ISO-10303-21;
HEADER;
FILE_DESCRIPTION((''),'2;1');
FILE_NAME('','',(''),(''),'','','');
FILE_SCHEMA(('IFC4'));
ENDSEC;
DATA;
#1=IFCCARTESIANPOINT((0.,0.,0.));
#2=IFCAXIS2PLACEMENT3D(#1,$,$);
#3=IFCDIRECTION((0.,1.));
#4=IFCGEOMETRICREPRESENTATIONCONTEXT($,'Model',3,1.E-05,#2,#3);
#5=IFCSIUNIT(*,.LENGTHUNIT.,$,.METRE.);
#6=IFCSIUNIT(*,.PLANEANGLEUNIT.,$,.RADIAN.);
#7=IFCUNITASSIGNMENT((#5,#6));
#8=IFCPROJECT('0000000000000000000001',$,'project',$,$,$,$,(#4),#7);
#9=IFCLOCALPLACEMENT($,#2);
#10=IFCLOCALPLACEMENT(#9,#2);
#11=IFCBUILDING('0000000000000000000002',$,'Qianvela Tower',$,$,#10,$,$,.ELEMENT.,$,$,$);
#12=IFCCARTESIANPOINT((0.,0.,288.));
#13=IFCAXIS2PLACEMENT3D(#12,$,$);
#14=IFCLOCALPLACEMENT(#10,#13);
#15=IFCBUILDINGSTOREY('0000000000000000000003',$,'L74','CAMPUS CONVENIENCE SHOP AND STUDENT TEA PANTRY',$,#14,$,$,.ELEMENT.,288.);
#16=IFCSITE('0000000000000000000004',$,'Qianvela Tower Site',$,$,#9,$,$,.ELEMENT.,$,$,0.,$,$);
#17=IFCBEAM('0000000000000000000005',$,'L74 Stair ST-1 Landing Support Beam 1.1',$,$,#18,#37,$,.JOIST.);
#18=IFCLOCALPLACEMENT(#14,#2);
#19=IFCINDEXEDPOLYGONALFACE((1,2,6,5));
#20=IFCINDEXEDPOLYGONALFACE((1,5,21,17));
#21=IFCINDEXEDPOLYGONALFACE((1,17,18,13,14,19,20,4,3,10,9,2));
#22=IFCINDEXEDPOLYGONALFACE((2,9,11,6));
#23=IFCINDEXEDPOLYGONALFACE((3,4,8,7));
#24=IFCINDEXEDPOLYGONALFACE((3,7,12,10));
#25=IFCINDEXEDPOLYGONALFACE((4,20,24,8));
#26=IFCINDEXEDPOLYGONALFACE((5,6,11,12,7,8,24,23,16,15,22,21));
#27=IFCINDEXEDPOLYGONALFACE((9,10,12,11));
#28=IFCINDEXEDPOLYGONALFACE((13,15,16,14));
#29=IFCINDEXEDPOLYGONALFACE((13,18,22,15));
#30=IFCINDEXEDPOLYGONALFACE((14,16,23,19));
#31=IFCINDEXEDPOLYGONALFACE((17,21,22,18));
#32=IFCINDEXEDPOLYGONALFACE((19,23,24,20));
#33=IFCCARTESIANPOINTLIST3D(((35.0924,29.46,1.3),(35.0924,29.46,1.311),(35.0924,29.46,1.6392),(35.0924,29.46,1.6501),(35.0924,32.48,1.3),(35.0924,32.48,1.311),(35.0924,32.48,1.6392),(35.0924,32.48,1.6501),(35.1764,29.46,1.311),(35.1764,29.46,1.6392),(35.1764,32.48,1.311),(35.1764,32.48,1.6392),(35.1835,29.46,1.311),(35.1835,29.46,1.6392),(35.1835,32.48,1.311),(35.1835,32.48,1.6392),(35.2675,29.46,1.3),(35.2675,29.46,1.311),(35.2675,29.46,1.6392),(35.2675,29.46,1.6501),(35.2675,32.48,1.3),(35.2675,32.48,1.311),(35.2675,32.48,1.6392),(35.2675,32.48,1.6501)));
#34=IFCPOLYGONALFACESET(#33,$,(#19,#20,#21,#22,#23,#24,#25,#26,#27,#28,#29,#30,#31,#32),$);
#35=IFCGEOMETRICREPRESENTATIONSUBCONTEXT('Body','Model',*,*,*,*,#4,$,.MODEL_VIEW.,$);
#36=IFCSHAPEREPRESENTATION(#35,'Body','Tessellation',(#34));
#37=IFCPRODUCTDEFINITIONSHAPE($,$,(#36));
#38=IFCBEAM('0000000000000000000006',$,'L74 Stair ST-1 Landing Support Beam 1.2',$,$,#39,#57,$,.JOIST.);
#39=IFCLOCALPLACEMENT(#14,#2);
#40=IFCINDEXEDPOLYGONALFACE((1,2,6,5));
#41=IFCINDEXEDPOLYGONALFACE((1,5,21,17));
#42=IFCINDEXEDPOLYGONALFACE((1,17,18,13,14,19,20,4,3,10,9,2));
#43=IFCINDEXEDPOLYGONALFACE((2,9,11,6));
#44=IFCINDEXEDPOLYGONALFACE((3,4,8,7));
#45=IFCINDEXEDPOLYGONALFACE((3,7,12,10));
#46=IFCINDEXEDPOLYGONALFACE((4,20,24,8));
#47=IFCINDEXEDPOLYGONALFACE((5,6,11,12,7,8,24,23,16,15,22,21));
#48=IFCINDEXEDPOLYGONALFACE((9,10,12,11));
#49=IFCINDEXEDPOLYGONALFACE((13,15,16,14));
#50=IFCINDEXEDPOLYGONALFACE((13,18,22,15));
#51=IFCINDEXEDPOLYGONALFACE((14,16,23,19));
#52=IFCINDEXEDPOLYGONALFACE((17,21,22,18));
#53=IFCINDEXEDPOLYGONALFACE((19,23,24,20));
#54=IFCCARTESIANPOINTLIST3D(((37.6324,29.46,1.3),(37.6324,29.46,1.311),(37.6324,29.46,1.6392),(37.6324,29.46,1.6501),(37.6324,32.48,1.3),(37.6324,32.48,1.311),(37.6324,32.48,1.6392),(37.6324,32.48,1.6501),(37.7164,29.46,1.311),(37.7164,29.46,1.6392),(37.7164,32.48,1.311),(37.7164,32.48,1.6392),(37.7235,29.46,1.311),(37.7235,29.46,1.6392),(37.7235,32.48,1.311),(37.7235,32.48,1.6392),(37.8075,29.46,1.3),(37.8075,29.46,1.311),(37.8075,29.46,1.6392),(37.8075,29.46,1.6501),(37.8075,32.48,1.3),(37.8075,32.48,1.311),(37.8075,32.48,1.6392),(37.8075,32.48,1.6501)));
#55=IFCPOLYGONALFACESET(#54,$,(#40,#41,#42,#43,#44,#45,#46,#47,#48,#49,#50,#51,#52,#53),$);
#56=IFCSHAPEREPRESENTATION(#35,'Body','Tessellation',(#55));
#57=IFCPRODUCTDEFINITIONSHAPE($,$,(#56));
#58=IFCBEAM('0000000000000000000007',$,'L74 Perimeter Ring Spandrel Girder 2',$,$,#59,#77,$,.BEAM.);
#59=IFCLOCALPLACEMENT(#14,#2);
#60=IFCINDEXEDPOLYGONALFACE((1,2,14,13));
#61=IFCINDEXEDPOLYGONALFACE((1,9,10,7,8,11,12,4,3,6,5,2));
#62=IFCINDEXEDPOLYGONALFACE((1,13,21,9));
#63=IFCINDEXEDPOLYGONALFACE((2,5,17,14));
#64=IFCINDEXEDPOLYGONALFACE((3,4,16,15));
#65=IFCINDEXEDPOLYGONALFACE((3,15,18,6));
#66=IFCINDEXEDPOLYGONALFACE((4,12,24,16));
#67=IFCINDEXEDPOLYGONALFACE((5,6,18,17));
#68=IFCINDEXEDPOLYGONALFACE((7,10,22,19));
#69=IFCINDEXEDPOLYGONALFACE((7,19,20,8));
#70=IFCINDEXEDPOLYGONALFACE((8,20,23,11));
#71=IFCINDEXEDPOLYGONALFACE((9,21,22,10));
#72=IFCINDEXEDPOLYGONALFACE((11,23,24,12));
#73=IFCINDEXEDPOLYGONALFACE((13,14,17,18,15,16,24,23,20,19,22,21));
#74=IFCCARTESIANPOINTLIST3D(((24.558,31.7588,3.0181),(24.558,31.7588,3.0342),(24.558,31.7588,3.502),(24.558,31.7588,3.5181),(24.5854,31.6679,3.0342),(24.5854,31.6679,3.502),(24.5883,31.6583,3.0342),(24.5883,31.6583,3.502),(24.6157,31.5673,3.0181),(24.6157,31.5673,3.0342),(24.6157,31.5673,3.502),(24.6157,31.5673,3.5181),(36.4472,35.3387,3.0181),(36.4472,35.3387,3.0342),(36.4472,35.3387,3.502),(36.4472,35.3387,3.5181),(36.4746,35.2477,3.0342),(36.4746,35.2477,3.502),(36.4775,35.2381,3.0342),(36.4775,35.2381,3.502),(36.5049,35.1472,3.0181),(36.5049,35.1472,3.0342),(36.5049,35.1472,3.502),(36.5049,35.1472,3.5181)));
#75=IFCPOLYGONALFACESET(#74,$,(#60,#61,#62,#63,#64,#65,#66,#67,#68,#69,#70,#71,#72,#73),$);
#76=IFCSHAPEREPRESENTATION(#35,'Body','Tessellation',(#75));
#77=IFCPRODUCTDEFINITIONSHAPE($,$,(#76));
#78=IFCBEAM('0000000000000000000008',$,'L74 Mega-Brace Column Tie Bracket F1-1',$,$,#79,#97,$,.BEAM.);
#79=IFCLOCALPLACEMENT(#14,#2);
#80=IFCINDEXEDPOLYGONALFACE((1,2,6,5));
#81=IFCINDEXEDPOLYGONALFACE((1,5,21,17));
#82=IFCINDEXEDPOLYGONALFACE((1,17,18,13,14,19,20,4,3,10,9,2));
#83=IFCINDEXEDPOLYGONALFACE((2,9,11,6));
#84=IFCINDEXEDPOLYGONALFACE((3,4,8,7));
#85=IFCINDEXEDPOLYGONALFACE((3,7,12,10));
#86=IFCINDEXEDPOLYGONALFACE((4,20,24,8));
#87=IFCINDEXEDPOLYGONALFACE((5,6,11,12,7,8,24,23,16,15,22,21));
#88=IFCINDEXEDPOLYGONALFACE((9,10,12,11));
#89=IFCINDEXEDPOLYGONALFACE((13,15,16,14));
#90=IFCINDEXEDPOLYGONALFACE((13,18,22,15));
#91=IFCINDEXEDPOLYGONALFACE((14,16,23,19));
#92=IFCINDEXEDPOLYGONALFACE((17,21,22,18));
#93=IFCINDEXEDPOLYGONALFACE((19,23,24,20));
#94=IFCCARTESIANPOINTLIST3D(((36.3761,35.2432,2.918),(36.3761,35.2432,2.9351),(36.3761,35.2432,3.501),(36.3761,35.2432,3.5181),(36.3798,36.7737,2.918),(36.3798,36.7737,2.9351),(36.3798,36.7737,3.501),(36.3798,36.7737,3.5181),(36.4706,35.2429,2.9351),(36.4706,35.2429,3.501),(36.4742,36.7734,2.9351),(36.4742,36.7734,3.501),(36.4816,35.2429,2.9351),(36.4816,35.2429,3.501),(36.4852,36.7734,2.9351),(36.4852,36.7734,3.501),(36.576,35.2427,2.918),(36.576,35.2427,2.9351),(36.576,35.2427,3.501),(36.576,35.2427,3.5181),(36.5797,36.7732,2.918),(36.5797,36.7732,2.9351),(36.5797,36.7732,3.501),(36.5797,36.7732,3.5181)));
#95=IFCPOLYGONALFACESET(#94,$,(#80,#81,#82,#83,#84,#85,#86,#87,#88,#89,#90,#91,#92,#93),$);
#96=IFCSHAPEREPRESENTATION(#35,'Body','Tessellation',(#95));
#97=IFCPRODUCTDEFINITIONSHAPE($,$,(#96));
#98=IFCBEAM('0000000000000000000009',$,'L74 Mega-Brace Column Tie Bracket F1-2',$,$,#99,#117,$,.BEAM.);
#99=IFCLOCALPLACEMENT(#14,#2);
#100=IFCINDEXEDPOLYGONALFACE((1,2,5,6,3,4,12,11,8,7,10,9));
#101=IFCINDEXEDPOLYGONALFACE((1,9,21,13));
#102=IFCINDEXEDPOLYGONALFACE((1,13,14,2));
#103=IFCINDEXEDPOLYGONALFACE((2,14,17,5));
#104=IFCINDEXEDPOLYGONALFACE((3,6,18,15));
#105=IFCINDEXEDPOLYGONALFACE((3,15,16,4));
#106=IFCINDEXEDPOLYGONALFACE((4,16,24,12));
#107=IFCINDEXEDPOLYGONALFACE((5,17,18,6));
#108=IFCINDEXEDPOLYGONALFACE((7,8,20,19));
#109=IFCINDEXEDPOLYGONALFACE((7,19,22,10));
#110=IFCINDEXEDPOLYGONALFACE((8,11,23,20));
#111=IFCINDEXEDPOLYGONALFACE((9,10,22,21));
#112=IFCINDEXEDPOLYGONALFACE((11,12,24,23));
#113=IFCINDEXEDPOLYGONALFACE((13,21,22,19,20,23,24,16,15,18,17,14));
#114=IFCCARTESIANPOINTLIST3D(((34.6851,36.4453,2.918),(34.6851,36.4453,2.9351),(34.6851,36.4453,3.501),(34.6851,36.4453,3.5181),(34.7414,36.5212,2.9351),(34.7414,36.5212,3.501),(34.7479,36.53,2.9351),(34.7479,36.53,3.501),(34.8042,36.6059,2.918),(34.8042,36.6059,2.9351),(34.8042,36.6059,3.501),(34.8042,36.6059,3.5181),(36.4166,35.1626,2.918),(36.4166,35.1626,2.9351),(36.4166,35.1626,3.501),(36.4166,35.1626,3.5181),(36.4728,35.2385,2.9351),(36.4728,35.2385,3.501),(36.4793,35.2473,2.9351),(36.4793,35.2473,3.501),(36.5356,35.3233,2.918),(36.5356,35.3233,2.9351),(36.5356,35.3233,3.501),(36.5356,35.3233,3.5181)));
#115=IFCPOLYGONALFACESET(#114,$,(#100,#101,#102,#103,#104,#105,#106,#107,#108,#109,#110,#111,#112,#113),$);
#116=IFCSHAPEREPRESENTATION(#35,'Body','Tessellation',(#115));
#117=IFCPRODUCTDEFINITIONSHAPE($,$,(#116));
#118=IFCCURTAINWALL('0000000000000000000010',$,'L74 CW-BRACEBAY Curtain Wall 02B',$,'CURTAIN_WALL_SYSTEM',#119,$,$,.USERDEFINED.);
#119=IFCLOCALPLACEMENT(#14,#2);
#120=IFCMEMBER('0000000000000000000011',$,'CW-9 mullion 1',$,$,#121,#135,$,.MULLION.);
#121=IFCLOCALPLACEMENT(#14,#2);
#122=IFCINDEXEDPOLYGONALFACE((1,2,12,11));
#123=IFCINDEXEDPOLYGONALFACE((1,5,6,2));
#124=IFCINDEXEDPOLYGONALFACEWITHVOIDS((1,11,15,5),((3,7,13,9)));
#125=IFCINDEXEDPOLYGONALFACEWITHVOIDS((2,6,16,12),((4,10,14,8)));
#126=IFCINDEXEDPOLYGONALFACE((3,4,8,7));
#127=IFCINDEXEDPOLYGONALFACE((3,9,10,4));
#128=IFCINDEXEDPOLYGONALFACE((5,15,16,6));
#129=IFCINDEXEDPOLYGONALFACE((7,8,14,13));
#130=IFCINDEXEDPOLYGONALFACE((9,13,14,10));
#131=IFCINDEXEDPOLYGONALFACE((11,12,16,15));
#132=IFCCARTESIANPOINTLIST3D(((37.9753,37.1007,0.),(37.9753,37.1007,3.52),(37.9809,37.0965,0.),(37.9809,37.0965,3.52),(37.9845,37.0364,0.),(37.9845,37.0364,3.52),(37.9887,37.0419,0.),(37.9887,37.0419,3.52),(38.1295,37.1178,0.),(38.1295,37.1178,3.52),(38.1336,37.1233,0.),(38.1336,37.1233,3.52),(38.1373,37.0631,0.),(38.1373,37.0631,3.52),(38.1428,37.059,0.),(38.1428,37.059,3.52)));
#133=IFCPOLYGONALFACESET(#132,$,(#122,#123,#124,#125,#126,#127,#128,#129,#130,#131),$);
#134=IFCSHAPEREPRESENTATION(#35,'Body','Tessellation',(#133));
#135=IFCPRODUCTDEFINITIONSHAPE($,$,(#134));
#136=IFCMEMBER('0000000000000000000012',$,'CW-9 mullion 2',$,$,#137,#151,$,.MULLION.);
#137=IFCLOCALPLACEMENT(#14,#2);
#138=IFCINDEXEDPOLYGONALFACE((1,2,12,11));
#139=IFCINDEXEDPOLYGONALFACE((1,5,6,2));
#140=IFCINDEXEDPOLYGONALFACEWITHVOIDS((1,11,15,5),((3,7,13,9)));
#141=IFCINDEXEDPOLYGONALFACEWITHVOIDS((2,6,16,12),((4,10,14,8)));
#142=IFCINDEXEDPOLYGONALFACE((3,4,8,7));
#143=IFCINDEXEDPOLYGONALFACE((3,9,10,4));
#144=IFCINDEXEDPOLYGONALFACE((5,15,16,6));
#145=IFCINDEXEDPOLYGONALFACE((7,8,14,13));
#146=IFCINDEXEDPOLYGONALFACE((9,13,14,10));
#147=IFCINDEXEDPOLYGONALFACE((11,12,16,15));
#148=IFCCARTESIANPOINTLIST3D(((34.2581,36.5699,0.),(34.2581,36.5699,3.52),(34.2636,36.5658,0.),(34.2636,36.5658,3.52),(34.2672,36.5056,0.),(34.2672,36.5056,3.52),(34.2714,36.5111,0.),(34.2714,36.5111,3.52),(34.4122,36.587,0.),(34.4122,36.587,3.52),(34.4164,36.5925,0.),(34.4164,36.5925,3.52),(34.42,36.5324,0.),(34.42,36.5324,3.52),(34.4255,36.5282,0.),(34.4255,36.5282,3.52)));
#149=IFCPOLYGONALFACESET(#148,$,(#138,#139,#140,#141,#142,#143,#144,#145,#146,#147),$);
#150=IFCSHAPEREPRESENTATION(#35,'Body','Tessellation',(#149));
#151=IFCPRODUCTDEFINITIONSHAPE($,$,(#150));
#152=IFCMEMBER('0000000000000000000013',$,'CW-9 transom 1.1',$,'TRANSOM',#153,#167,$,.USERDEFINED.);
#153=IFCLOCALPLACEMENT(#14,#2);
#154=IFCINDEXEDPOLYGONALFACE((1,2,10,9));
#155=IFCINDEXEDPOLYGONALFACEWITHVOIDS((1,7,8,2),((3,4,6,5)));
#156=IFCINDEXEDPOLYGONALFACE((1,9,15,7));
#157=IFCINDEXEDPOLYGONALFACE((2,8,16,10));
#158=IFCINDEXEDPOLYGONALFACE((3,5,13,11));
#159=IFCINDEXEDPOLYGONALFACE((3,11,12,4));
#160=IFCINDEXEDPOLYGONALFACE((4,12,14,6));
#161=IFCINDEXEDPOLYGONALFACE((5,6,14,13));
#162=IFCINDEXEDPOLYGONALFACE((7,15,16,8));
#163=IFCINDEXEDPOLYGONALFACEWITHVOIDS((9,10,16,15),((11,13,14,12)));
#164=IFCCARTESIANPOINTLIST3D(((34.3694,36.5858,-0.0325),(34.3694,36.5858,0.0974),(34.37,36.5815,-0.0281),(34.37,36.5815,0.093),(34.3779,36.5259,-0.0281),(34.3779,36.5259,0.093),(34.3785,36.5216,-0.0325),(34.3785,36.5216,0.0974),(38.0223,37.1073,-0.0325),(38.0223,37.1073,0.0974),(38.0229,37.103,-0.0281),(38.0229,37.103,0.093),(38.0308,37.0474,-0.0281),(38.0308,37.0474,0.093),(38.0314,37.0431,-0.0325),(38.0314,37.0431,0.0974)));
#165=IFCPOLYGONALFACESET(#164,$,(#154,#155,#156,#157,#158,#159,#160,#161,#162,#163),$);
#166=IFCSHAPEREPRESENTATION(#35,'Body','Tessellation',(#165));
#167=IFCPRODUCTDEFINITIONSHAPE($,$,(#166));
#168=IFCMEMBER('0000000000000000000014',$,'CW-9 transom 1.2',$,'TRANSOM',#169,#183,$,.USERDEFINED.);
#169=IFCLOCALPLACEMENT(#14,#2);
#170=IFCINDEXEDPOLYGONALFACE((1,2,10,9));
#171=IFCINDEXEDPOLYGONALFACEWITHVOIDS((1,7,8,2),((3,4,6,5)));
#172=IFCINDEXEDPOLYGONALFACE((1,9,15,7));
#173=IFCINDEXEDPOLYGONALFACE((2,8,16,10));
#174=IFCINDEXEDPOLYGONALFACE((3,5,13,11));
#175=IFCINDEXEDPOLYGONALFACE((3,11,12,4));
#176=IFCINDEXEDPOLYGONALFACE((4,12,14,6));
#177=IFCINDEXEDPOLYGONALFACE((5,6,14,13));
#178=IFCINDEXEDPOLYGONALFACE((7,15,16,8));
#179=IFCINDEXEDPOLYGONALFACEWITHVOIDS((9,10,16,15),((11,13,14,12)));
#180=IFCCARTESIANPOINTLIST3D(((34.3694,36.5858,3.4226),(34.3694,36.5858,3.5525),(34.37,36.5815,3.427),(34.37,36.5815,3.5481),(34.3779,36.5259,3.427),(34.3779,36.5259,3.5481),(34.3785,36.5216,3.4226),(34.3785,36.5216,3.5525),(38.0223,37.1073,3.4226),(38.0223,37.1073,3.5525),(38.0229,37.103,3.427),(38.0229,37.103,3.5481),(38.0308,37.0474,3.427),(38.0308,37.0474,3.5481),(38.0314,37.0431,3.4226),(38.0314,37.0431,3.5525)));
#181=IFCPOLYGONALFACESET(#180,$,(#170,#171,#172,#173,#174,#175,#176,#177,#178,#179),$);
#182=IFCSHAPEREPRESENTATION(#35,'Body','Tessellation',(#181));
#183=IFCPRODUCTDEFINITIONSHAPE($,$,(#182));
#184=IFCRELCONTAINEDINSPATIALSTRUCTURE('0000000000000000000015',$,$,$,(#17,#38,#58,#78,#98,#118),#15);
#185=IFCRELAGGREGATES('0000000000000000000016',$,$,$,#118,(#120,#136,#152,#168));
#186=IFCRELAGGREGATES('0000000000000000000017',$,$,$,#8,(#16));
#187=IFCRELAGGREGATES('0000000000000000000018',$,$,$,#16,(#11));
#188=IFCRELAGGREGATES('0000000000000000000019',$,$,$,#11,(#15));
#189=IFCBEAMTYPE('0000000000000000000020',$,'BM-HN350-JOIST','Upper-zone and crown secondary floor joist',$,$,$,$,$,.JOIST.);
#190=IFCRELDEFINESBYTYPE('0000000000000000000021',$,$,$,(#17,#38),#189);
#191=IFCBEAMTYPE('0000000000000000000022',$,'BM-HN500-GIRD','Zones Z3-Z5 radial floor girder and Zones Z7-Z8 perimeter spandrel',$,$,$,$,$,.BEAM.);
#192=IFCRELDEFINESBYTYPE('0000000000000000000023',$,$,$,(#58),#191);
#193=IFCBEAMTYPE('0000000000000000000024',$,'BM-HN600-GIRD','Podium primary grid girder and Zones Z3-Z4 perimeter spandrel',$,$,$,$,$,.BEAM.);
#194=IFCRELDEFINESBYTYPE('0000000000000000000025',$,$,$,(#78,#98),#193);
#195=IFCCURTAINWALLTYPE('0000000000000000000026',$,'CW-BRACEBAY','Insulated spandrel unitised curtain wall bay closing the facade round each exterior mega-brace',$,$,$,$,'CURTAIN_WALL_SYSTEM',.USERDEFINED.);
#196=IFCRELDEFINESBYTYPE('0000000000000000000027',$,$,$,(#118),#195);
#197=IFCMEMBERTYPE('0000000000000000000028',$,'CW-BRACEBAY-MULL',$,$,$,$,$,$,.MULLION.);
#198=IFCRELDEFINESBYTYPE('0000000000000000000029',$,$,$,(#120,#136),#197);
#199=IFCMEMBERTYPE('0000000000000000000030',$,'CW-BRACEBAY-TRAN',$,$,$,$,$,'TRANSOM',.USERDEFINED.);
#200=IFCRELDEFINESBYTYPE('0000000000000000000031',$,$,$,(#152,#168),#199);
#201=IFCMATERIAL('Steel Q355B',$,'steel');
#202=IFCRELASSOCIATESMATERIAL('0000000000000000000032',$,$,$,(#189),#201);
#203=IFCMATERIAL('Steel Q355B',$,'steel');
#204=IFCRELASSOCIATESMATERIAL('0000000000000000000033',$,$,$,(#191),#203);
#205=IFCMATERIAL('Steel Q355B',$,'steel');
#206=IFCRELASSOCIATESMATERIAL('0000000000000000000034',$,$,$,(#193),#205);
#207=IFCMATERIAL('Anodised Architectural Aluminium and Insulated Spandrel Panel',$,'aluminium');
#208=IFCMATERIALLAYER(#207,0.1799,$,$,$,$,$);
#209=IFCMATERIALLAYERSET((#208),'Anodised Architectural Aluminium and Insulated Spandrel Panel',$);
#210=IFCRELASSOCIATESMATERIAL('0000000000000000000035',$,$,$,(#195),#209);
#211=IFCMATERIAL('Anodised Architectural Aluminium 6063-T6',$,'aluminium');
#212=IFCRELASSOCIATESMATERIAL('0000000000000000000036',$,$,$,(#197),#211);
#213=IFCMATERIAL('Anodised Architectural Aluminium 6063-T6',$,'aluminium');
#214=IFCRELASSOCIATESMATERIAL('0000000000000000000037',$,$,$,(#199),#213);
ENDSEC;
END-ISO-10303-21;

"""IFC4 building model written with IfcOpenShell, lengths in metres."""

from ifc_helpers import new_model, si_unit, direction, frame, origin, origin_2d, place, context, subcontext, project, spatial, hollow_rectangle, i_section, extrude, material, layer, layer_set, material_profile, profile_set, type_object, element, aggregate, save


model = new_model("IFC4")

# Units and contexts
model_context = context("Model", 3, precision=1e-05, world=origin(), true_north=direction((0.0, 1.0)))
body_context = subcontext(model_context, "Body", "Model", "MODEL_VIEW")
ifc_project = project(units=[si_unit("LENGTHUNIT", "METRE"), si_unit("PLANEANGLEUNIT", "RADIAN")], contexts=[model_context])

# Site, building, storey
site_placement = place(None, origin())
site = spatial("IfcSite", under=ifc_project, at=site_placement, Name="Qianvela Tower Site", CompositionType="ELEMENT", RefElevation=0.0)
building_placement = place(site_placement, origin())
building = spatial("IfcBuilding", under=site, at=building_placement, Name="Qianvela Tower", CompositionType="ELEMENT")
storey_placement = place(building_placement, frame((0.0, 0.0, 288.0)))
storey = spatial("IfcBuildingStorey", under=building, at=storey_placement, Name="L74", Description="CAMPUS CONVENIENCE SHOP AND STUDENT TEA PANTRY", CompositionType="ELEMENT", Elevation=288.0)

# Beams
ifc_material_1 = material(Name="Steel Q355B", Category="steel")
ifc_material_profile_1 = material_profile(ifc_material_1, i_section(OverallWidth=0.175, OverallDepth=0.3501, WebThickness=0.0071, FlangeThickness=0.011, at=origin_2d()), Name="HN350x175x7x11")
ifc_profile_set_1 = profile_set([ifc_material_profile_1], Name="Steel Q355B")
beam_type_1 = type_object("IfcBeamType", Name="BM-HN350-JOIST", Description="Upper-zone and crown secondary floor joist", PredefinedType="JOIST", material=ifc_profile_set_1)
for number, where, z_axis, x_axis, name in (
    (1, (35.1799, 29.46, 1.4751), (0.0, 1.0, 0.0), (-1.0, 0.0, 0.0), "L74 Stair ST-1 Landing Support Beam 1.1"),
    (2, (37.72, 29.46, 1.4751), (0.0, 1.0, 0.0), (-1.0, 0.0, 0.0), "L74 Stair ST-1 Landing Support Beam 1.2"),
):
    element("IfcBeam", number, at=place(storey_placement, frame(where, z_axis=z_axis, x_axis=x_axis)), inside=storey, type_object=beam_type_1, Name=name, PredefinedType="JOIST", context=body_context, shape_type="SweptSolid", body=[
        extrude(i_section(OverallWidth=0.175, OverallDepth=0.3501, WebThickness=0.0071, FlangeThickness=0.011, at=origin_2d()), origin(), (0.0, 0.0, 1.0), 3.02),
    ])
ifc_material_2 = material(Name="Steel Q355B", Category="steel")
ifc_material_profile_2 = material_profile(ifc_material_2, i_section(OverallWidth=0.2, OverallDepth=0.5, WebThickness=0.01, FlangeThickness=0.0161, at=origin_2d()), Name="HN500x200x10x16")
ifc_profile_set_2 = profile_set([ifc_material_profile_2], Name="Steel Q355B")
beam_type_2 = type_object("IfcBeamType", Name="BM-HN500-GIRD", Description="Zones Z3-Z5 radial floor girder and Zones Z7-Z8 perimeter spandrel", PredefinedType="BEAM", material=ifc_profile_set_2)
beam_1_placement = place(storey_placement, frame((36.4761, 35.2429, 3.2681), z_axis=(-0.957536, -0.288315, 0.0), x_axis=(0.288315, -0.957536, 0.0)))
element("IfcBeam", 3, at=beam_1_placement, inside=storey, type_object=beam_type_2, Name="L74 Perimeter Ring Spandrel Girder 2", PredefinedType="BEAM", context=body_context, shape_type="SweptSolid", body=[
    extrude(i_section(OverallWidth=0.2, OverallDepth=0.5, WebThickness=0.01, FlangeThickness=0.0161, at=origin_2d()), origin(), (0.0, 0.0, 1.0), 12.4165),
])
ifc_material_3 = material(Name="Steel Q355B", Category="steel")
ifc_material_profile_3 = material_profile(ifc_material_3, i_section(OverallWidth=0.2, OverallDepth=0.6001, WebThickness=0.011, FlangeThickness=0.0171, at=origin_2d()), Name="HN600x200x11x17")
ifc_profile_set_3 = profile_set([ifc_material_profile_3], Name="Steel Q355B")
beam_type_3 = type_object("IfcBeamType", Name="BM-HN600-GIRD", Description="Podium primary grid girder and Zones Z3-Z4 perimeter spandrel", PredefinedType="BEAM", material=ifc_profile_set_3)
beam_2_placement = place(storey_placement, frame((36.4761, 35.2429, 3.218), z_axis=(0.002393, 0.999997, 0.0), x_axis=(-0.999997, 0.002393, 0.0)))
element("IfcBeam", 4, at=beam_2_placement, inside=storey, type_object=beam_type_3, Name="L74 Mega-Brace Column Tie Bracket F1-1", PredefinedType="BEAM", context=body_context, shape_type="SweptSolid", body=[
    extrude(i_section(OverallWidth=0.2, OverallDepth=0.6001, WebThickness=0.011, FlangeThickness=0.0171, at=origin_2d()), origin(), (0.0, 0.0, 1.0), 1.5305),
])
beam_3_placement = place(storey_placement, frame((36.4761, 35.2429, 3.218), z_axis=(-0.803521, 0.595276, 0.0), x_axis=(-0.595276, -0.803521, 0.0)))
element("IfcBeam", 5, at=beam_3_placement, inside=storey, type_object=beam_type_3, Name="L74 Mega-Brace Column Tie Bracket F1-2", PredefinedType="BEAM", context=body_context, shape_type="SweptSolid", body=[
    extrude(i_section(OverallWidth=0.2, OverallDepth=0.6001, WebThickness=0.011, FlangeThickness=0.0171, at=origin_2d()), origin(), (0.0, 0.0, 1.0), 2.1548),
])

# Curtain wall, members
ifc_material_4 = material(Name="Anodised Architectural Aluminium and Insulated Spandrel Panel", Category="aluminium")
ifc_layer_1 = layer(ifc_material_4, 0.1799)
ifc_layer_set_1 = layer_set([ifc_layer_1], Name="Anodised Architectural Aluminium and Insulated Spandrel Panel")
curtain_wall_type_1 = type_object("IfcCurtainWallType", Name="CW-BRACEBAY", Description="Insulated spandrel unitised curtain wall bay closing the facade round each exterior mega-brace", ElementType="CURTAIN_WALL_SYSTEM", PredefinedType="USERDEFINED", material=ifc_layer_set_1)
curtain_wall_1_placement = place(storey_placement, origin())
curtain_wall_1 = element("IfcCurtainWall", 6, at=curtain_wall_1_placement, inside=storey, type_object=curtain_wall_type_1, Name="L74 CW-BRACEBAY Curtain Wall 02B", ObjectType="CURTAIN_WALL_SYSTEM", PredefinedType="USERDEFINED")
ifc_material_5 = material(Name="Anodised Architectural Aluminium 6063-T6", Category="aluminium")
ifc_material_profile_4 = material_profile(ifc_material_5, hollow_rectangle(XDim=0.0649, YDim=0.1599, WallThickness=0.0049, at=origin_2d()), Name="ALU-MULL-65x160")
ifc_profile_set_4 = profile_set([ifc_material_profile_4], Name="Anodised Architectural Aluminium 6063-T6")
member_type_1 = type_object("IfcMemberType", Name="CW-BRACEBAY-MULL", PredefinedType="MULLION", material=ifc_profile_set_4)
member_1_placement = place(storey_placement, frame((38.0591, 37.0798, 0.0), z_axis=(0.0, 0.0, 1.0), x_axis=(0.141388, -0.989954, 0.0)))
member_1 = element("IfcMember", 7, at=member_1_placement, type_object=member_type_1, Name="CW-9 mullion 1", PredefinedType="MULLION", context=body_context, shape_type="SweptSolid", body=[
    extrude(hollow_rectangle(XDim=0.0649, YDim=0.1599, WallThickness=0.0049, at=origin_2d()), origin(), (0.0, 0.0, 1.0), 3.52),
])
member_2_placement = place(storey_placement, frame((34.3418, 36.5491, 0.0), z_axis=(0.0, 0.0, 1.0), x_axis=(0.141388, -0.989954, 0.0)))
member_2 = element("IfcMember", 8, at=member_2_placement, type_object=member_type_1, Name="CW-9 mullion 2", PredefinedType="MULLION", context=body_context, shape_type="SweptSolid", body=[
    extrude(hollow_rectangle(XDim=0.0649, YDim=0.1599, WallThickness=0.0049, at=origin_2d()), origin(), (0.0, 0.0, 1.0), 3.52),
])
ifc_material_6 = material(Name="Anodised Architectural Aluminium 6063-T6", Category="aluminium")
ifc_material_profile_5 = material_profile(ifc_material_6, hollow_rectangle(XDim=0.0649, YDim=0.1299, WallThickness=0.0044, at=origin_2d()), Name="ALU-TRAN-65x130")
ifc_profile_set_5 = profile_set([ifc_material_profile_5], Name="Anodised Architectural Aluminium 6063-T6")
member_type_2 = type_object("IfcMemberType", Name="CW-BRACEBAY-TRAN", ElementType="TRANSOM", PredefinedType="USERDEFINED", material=ifc_profile_set_5)
member_3_placement = place(storey_placement, frame((38.0269, 37.0752, 0.0325), z_axis=(-0.989963, -0.141329, 0.0), x_axis=(0.141329, -0.989963, 0.0)))
member_3 = element("IfcMember", 9, at=member_3_placement, type_object=member_type_2, Name="CW-9 transom 1.1", ObjectType="TRANSOM", PredefinedType="USERDEFINED", context=body_context, shape_type="SweptSolid", body=[
    extrude(hollow_rectangle(XDim=0.0649, YDim=0.1299, WallThickness=0.0044, at=origin_2d()), origin(), (0.0, 0.0, 1.0), 3.6899),
])
member_4_placement = place(storey_placement, frame((38.0269, 37.0752, 3.4875), z_axis=(-0.989963, -0.141329, 0.0), x_axis=(0.141329, -0.989963, 0.0)))
member_4 = element("IfcMember", 10, at=member_4_placement, type_object=member_type_2, Name="CW-9 transom 1.2", ObjectType="TRANSOM", PredefinedType="USERDEFINED", context=body_context, shape_type="SweptSolid", body=[
    extrude(hollow_rectangle(XDim=0.0649, YDim=0.1299, WallThickness=0.0044, at=origin_2d()), origin(), (0.0, 0.0, 1.0), 3.6899),
])

aggregate(curtain_wall_1, [member_1, member_2, member_3, member_4])

save(model, "model.ifc")
